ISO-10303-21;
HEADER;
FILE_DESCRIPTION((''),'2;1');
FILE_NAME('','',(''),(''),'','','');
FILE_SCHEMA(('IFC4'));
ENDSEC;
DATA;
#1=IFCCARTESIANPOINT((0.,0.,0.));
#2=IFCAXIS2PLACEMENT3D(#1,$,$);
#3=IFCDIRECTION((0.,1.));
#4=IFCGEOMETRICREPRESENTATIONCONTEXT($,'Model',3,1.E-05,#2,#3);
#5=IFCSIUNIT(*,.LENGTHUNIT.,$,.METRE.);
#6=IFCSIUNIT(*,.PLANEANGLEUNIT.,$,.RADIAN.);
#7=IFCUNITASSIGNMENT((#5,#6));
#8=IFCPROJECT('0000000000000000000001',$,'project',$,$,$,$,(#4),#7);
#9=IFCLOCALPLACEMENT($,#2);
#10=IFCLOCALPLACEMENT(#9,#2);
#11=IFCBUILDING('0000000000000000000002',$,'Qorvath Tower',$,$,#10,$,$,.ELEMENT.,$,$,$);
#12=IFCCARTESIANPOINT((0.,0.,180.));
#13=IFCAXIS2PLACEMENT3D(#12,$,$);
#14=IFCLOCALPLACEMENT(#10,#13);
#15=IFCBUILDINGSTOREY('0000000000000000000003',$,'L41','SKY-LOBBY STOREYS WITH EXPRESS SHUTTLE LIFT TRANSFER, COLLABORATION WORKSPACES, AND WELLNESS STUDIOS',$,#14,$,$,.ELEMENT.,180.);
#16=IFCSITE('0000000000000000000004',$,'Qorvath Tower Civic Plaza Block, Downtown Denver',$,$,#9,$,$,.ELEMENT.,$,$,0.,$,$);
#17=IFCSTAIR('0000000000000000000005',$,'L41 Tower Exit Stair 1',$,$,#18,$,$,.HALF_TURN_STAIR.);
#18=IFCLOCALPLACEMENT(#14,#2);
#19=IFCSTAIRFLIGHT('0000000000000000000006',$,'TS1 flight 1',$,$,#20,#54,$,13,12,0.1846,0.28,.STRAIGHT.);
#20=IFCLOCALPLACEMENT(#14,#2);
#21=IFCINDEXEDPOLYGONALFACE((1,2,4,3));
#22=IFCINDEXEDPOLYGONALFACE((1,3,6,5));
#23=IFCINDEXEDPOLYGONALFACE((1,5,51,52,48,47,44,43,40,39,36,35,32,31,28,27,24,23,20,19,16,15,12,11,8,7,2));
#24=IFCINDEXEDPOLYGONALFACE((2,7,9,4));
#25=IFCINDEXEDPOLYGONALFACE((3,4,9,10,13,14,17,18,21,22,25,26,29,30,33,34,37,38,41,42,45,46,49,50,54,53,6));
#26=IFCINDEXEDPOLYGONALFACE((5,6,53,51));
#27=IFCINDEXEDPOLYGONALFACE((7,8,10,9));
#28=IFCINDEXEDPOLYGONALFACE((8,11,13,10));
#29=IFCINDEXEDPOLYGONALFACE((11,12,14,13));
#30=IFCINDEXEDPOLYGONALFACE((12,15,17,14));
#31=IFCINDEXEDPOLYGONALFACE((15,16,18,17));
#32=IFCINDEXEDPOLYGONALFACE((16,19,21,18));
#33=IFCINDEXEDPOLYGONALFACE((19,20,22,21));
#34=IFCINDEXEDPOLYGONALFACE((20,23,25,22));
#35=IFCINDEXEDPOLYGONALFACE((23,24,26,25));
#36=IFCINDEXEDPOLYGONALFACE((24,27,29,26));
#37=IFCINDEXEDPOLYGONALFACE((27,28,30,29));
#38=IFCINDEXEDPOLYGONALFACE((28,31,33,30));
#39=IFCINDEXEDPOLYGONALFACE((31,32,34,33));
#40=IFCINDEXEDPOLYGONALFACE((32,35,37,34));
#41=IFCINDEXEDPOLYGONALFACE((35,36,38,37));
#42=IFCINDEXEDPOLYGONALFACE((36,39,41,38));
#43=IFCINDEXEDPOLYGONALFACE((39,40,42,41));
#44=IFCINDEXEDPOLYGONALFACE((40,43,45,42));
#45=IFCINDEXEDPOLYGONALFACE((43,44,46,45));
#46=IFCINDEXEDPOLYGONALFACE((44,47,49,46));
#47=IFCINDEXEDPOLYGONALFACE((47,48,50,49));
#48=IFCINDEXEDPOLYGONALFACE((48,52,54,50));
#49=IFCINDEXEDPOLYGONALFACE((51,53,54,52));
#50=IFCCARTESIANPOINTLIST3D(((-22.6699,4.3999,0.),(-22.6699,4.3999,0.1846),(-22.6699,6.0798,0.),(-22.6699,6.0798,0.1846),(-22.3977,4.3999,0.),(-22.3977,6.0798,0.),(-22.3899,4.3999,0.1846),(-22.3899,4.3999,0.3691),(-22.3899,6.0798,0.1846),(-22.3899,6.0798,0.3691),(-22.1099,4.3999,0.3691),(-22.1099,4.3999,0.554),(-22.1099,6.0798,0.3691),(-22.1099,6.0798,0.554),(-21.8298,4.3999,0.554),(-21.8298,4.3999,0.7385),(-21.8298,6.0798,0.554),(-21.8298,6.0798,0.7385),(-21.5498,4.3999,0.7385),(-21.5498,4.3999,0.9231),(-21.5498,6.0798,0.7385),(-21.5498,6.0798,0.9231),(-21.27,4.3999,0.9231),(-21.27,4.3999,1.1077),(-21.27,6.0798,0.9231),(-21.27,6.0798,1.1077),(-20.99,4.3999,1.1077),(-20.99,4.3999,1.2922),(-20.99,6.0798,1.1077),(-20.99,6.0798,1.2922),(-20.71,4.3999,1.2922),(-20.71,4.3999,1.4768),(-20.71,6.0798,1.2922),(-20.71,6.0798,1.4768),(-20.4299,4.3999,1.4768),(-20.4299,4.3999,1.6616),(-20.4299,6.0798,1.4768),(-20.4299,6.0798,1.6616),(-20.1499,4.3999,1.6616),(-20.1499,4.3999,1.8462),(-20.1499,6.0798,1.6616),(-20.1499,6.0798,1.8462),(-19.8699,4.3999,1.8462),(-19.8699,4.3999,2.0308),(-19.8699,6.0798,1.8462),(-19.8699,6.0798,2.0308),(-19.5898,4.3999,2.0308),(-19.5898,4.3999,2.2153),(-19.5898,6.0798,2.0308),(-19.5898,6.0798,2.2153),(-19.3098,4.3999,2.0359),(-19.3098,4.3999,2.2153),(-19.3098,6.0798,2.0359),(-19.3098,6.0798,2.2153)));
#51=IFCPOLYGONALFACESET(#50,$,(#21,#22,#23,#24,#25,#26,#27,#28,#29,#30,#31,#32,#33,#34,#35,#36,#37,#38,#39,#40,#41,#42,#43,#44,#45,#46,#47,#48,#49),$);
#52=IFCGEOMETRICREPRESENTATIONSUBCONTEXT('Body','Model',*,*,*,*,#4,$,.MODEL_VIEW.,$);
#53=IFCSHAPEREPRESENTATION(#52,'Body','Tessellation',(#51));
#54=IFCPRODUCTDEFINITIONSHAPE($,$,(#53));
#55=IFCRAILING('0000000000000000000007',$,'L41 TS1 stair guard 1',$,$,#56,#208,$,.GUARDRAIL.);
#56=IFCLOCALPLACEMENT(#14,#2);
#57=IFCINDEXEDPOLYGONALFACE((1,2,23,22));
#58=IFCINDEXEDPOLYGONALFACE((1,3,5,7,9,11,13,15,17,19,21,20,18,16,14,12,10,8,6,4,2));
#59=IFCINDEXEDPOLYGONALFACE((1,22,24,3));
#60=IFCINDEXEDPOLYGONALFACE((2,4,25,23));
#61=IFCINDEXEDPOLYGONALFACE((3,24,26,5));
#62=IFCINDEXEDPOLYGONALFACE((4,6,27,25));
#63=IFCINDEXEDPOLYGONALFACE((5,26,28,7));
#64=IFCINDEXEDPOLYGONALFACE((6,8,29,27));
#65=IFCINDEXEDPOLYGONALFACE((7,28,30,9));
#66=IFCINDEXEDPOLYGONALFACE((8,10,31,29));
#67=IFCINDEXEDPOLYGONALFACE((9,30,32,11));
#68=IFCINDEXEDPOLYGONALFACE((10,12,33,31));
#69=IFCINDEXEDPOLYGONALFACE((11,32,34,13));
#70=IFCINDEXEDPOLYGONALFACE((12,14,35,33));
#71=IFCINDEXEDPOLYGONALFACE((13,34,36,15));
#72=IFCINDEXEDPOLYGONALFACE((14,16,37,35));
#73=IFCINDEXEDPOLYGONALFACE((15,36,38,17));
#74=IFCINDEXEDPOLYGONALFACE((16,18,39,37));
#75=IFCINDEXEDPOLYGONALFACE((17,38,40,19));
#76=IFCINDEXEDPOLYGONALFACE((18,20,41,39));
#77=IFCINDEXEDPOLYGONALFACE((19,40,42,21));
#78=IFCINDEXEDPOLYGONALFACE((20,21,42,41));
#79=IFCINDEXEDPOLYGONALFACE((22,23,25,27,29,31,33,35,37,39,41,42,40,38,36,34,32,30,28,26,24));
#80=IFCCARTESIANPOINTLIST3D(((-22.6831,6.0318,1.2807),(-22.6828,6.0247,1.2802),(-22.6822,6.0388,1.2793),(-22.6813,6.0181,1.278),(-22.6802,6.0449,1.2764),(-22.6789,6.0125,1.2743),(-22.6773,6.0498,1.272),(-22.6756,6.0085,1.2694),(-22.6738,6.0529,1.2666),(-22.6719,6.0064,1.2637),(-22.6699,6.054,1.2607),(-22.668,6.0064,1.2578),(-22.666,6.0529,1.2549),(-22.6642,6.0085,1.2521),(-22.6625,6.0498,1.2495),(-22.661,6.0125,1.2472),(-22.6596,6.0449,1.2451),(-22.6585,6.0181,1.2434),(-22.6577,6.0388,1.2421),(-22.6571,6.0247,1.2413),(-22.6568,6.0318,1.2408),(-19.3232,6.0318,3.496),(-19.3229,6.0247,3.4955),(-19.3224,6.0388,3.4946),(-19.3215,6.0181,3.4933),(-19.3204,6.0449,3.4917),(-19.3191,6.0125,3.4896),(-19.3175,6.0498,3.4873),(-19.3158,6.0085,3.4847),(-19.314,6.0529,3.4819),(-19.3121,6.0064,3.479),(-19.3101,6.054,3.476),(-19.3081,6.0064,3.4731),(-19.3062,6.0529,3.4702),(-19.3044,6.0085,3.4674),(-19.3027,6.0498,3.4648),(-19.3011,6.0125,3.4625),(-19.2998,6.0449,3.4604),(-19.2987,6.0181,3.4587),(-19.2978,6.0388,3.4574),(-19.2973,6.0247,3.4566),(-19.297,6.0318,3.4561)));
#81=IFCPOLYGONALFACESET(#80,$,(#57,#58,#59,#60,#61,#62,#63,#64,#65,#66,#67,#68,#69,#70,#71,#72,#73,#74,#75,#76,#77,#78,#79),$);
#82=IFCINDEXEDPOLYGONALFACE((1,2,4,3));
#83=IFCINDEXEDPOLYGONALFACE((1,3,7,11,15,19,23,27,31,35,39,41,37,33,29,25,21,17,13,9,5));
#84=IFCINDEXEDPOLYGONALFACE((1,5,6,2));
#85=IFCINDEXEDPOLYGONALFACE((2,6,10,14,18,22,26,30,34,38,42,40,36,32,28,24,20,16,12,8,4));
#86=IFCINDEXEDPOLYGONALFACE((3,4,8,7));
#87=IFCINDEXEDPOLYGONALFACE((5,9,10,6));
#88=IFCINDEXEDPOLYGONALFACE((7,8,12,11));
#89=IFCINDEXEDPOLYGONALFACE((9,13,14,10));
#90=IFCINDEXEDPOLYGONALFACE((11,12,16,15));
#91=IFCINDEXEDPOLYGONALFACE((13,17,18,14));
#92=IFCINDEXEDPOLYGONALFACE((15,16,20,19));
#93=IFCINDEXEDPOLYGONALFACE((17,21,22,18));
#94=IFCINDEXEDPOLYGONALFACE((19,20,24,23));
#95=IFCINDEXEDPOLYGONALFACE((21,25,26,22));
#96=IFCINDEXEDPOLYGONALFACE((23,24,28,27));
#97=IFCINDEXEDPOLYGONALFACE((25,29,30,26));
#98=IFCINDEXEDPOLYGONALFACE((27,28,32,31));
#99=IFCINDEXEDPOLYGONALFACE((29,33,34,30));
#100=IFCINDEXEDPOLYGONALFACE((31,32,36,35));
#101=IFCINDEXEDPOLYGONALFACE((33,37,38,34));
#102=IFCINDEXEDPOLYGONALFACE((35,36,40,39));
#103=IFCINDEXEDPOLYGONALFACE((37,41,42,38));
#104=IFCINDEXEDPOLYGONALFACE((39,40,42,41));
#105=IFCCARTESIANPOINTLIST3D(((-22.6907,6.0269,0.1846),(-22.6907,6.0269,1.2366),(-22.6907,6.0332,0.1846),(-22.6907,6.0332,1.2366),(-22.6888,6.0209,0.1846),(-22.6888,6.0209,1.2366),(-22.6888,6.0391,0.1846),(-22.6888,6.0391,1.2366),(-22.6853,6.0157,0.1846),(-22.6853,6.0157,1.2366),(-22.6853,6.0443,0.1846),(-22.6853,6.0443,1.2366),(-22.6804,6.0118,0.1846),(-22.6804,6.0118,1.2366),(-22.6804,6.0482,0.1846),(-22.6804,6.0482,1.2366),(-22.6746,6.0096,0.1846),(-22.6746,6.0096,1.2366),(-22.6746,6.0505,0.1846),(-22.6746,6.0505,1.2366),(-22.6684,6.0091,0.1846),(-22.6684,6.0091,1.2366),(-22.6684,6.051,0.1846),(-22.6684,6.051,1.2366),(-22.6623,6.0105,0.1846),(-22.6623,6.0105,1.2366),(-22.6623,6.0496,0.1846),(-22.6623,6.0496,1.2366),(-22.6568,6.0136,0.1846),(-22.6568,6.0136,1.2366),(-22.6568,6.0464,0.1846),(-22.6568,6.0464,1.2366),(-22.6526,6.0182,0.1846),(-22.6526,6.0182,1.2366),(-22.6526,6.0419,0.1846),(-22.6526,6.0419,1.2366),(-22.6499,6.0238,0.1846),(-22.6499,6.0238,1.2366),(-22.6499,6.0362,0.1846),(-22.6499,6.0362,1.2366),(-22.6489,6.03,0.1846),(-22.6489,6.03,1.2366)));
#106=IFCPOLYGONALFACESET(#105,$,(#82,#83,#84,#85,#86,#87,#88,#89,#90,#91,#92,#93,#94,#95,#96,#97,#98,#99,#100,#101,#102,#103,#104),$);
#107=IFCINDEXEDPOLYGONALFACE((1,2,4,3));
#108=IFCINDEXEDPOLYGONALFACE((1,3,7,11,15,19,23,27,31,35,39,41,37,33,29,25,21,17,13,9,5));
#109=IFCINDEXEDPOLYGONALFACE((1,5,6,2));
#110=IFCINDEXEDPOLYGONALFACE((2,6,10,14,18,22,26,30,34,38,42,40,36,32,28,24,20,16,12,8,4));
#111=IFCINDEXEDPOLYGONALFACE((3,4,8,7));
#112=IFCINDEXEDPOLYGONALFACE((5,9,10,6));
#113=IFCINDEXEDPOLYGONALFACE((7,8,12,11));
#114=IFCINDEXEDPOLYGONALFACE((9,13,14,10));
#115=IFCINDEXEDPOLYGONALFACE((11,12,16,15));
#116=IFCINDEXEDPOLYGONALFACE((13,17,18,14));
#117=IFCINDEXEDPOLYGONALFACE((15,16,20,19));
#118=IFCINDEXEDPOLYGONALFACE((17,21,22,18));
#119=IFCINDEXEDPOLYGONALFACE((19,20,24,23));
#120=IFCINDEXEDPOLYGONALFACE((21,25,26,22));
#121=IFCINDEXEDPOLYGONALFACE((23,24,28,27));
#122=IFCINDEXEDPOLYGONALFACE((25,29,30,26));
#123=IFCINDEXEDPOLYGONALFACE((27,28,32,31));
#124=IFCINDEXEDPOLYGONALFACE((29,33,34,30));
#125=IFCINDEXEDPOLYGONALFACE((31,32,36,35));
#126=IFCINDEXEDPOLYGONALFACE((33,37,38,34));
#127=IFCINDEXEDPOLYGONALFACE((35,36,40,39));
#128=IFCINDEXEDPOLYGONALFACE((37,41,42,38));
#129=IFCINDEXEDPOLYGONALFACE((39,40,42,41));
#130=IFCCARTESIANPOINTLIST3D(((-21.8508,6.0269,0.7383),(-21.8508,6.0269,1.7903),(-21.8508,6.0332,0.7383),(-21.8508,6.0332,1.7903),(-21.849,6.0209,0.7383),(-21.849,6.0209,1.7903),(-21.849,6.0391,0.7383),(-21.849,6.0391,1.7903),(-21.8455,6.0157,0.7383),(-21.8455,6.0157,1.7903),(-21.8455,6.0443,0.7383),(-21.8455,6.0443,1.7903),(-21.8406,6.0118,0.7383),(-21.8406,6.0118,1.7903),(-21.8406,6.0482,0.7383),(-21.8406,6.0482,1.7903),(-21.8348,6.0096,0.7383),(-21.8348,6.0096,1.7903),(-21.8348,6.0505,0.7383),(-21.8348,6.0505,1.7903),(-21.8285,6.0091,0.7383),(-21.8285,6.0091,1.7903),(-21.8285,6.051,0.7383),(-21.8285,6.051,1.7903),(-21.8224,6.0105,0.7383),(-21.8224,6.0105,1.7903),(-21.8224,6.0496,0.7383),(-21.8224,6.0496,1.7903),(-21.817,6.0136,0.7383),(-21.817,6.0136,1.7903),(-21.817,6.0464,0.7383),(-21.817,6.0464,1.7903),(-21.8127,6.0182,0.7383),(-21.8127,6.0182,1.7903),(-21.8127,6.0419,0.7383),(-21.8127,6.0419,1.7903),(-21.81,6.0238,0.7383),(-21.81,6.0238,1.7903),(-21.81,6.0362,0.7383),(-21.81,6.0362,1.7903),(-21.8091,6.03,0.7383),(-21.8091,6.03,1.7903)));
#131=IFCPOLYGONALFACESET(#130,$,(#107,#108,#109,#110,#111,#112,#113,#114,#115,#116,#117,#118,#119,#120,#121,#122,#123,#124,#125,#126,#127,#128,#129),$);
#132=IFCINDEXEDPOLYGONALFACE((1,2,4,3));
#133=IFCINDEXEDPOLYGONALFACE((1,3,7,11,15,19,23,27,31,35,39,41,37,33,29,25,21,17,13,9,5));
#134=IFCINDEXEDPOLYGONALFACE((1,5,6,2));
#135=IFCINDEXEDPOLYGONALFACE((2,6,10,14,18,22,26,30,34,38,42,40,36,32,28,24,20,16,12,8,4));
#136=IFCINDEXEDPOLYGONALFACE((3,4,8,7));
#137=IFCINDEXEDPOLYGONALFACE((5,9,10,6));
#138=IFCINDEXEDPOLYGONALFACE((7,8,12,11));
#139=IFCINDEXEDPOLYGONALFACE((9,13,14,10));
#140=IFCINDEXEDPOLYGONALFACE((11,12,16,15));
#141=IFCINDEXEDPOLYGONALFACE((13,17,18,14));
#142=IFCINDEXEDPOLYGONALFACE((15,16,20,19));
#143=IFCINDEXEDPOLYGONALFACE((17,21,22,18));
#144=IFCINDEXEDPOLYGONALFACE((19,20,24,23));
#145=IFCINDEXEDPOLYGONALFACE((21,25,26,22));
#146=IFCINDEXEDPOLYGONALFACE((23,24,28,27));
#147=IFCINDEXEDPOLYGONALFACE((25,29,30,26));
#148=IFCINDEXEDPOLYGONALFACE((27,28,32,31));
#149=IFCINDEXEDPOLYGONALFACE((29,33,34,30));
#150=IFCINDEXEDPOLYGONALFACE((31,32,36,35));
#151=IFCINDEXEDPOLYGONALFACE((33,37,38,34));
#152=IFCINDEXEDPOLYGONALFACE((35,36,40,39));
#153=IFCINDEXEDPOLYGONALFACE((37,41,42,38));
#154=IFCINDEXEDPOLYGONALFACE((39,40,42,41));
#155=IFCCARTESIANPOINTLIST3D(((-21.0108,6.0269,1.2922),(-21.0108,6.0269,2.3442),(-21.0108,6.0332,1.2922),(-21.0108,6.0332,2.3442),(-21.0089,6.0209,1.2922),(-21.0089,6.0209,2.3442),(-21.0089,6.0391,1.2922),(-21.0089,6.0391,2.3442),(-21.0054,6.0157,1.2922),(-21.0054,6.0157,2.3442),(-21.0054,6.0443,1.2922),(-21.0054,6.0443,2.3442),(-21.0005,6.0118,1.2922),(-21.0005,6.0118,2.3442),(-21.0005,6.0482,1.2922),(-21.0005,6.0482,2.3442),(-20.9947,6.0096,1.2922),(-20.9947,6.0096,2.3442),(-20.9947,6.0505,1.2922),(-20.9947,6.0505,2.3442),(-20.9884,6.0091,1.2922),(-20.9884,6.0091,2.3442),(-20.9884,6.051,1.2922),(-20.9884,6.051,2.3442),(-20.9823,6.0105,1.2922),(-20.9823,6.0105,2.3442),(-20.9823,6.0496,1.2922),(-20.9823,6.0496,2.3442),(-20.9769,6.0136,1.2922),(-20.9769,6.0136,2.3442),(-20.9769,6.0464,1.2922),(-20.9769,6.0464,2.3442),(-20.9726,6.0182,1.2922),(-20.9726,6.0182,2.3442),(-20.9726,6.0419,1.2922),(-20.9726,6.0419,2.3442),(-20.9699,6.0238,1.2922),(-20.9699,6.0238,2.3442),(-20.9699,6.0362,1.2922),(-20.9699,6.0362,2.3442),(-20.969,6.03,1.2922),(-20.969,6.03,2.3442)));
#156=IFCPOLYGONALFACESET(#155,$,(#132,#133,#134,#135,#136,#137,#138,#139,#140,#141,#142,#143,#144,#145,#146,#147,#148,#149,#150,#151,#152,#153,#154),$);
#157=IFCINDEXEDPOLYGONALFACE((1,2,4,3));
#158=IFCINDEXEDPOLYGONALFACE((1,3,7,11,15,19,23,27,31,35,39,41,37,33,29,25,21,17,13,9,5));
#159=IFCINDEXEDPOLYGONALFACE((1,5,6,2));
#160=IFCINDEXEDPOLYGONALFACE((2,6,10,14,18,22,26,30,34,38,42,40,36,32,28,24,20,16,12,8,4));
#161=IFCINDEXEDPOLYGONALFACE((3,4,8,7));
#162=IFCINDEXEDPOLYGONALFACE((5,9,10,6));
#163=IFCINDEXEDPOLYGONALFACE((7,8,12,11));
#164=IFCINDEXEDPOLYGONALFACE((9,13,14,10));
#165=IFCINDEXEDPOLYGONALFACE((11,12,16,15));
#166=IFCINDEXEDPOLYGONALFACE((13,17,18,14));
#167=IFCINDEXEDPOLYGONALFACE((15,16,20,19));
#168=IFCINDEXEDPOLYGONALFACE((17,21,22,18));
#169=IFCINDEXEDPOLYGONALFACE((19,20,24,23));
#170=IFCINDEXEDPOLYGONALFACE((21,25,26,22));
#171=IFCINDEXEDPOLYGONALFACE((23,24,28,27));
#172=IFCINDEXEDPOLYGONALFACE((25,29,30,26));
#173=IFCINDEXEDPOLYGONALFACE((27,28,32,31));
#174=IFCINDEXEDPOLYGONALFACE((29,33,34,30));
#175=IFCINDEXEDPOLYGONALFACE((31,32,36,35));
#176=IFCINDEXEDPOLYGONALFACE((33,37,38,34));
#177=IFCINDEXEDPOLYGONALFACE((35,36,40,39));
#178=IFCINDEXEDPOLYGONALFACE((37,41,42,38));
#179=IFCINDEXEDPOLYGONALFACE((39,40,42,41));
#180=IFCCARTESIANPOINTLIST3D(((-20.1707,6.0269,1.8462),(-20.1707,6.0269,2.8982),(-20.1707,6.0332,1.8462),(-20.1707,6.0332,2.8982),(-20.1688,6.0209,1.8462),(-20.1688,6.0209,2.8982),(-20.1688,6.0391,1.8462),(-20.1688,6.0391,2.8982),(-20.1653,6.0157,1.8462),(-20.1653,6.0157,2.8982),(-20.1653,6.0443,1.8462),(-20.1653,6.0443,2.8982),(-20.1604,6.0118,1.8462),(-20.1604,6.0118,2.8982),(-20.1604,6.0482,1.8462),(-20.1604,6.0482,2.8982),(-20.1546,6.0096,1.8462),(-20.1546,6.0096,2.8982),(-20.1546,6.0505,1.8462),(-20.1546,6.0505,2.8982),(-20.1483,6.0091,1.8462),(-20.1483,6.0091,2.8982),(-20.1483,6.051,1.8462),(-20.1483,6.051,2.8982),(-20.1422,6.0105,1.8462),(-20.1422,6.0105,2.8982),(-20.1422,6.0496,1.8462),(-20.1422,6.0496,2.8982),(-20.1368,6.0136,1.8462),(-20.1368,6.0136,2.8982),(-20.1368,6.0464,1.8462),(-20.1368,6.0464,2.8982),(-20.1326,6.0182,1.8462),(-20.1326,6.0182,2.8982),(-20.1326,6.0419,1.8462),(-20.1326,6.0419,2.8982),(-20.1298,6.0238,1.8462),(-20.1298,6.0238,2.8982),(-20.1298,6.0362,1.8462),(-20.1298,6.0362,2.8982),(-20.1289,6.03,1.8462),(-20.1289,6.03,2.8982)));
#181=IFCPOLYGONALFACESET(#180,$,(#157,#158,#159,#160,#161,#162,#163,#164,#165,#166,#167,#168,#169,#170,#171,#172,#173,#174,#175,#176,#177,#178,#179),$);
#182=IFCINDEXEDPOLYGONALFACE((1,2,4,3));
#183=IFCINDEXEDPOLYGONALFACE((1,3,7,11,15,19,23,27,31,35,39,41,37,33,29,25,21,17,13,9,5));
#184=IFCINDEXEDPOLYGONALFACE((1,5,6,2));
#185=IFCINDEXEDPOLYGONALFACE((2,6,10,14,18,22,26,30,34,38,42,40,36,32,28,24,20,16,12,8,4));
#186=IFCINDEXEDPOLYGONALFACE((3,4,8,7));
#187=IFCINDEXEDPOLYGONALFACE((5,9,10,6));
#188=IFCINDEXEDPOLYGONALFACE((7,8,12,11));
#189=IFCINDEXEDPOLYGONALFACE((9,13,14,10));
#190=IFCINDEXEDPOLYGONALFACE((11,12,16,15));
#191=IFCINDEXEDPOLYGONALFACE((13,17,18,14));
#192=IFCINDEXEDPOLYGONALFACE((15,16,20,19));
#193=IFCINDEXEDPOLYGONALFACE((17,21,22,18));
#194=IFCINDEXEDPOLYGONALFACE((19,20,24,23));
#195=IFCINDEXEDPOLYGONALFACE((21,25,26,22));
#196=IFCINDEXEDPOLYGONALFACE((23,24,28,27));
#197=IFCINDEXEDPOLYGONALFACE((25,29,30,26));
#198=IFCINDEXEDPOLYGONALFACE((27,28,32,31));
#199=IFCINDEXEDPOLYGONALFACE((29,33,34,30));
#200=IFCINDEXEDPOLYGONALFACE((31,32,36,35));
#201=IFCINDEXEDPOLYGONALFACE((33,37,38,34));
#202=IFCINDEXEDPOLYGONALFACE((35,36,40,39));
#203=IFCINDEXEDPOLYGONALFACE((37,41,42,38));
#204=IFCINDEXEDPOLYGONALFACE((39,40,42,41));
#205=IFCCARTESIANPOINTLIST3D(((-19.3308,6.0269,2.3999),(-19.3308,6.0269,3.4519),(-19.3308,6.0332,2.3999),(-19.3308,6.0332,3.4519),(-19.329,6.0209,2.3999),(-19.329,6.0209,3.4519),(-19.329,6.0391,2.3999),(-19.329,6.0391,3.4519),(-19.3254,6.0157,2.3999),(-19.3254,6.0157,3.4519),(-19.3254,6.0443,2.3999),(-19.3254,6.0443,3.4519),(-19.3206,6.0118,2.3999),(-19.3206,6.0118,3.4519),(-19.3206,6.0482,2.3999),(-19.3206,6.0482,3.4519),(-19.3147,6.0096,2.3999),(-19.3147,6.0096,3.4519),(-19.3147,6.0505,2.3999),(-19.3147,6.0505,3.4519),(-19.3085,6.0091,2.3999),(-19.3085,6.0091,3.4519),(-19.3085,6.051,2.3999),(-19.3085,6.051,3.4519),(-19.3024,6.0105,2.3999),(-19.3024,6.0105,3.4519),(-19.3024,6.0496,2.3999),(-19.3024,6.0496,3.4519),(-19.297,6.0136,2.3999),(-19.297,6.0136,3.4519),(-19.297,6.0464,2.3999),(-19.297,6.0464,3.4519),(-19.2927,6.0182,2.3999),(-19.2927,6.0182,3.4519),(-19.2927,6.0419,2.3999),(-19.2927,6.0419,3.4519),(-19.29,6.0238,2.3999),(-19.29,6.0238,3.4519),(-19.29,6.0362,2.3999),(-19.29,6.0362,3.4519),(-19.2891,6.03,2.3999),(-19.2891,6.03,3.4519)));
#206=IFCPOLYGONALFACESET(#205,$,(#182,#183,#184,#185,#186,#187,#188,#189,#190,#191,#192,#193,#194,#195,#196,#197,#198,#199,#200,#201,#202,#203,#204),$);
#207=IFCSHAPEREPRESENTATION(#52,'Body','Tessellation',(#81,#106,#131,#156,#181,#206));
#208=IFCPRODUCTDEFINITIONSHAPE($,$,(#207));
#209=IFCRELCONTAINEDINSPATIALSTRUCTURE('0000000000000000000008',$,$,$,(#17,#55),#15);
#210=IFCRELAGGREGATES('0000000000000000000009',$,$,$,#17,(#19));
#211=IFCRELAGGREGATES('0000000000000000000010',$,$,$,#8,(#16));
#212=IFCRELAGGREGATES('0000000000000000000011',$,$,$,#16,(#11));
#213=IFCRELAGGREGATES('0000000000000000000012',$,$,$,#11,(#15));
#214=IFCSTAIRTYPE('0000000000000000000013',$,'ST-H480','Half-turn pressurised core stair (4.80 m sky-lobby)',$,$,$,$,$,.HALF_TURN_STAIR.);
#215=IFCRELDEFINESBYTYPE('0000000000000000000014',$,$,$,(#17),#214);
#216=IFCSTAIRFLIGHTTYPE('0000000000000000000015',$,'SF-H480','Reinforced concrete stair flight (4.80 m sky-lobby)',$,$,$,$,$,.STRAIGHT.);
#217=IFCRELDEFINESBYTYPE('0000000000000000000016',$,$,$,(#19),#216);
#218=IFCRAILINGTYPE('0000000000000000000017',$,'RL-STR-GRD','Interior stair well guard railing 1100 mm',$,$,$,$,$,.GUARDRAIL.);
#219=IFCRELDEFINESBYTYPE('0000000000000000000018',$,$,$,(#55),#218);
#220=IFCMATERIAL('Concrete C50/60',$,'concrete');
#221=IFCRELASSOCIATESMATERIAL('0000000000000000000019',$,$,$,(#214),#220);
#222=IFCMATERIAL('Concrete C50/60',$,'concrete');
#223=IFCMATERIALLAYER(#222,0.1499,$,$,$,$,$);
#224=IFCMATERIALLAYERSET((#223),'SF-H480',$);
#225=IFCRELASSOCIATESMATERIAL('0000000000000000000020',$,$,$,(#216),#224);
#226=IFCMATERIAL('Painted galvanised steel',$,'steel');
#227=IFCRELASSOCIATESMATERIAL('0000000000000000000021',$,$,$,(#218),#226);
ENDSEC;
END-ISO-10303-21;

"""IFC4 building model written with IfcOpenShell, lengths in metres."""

from ifc_helpers import new_model, si_unit, direction, frame, origin, origin_2d, place, context, subcontext, project, spatial, polyline, circle, outline, extrude, material, layer, layer_set, type_object, element, aggregate, save


model = new_model("IFC4")

# Units and contexts
model_context = context("Model", 3, precision=1e-05, world=origin(), true_north=direction((0.0, 1.0)))
body_context = subcontext(model_context, "Body", "Model", "MODEL_VIEW")
ifc_project = project(units=[si_unit("LENGTHUNIT", "METRE"), si_unit("PLANEANGLEUNIT", "RADIAN")], contexts=[model_context])

# Site, building, storey
site_placement = place(None, origin())
site = spatial("IfcSite", under=ifc_project, at=site_placement, Name="Qorvath Tower Civic Plaza Block, Downtown Denver", CompositionType="ELEMENT", RefElevation=0.0)
building_placement = place(site_placement, origin())
building = spatial("IfcBuilding", under=site, at=building_placement, Name="Qorvath Tower", CompositionType="ELEMENT")
storey_placement = place(building_placement, frame((0.0, 0.0, 180.0)))
storey = spatial("IfcBuildingStorey", under=building, at=storey_placement, Name="L41", Description="SKY-LOBBY STOREYS WITH EXPRESS SHUTTLE LIFT TRANSFER, COLLABORATION WORKSPACES, AND WELLNESS STUDIOS", CompositionType="ELEMENT", Elevation=180.0)

# Stair, stair flight
ifc_material_1 = material(Name="Concrete C50/60", Category="concrete")
stair_type = type_object("IfcStairType", Name="ST-H480", Description="Half-turn pressurised core stair (4.80 m sky-lobby)", PredefinedType="HALF_TURN_STAIR", material=ifc_material_1)
stair_placement = place(storey_placement, origin())
stair = element("IfcStair", 1, at=stair_placement, inside=storey, type_object=stair_type, Name="L41 Tower Exit Stair 1", PredefinedType="HALF_TURN_STAIR")
ifc_material_2 = material(Name="Concrete C50/60", Category="concrete")
ifc_layer_1 = layer(ifc_material_2, 0.1499)
ifc_layer_set_1 = layer_set([ifc_layer_1], Name="SF-H480")
stair_flight_type = type_object("IfcStairFlightType", Name="SF-H480", Description="Reinforced concrete stair flight (4.80 m sky-lobby)", PredefinedType="STRAIGHT", material=ifc_layer_set_1)
stair_flight_placement = place(storey_placement, frame((-22.6699, 5.24, 0.0), z_axis=(0.0, 0.0, 1.0), x_axis=(1.0, 0.0, 0.0)))
stair_flight = element("IfcStairFlight", 2, at=stair_flight_placement, type_object=stair_flight_type, Name="TS1 flight 1", NumberOfRisers=13, NumberOfTreads=12, PredefinedType="STRAIGHT", RiserHeight=0.1846, TreadLength=0.28, context=body_context, shape_type="SweptSolid", body=[
    extrude(outline(polyline([(0.0, 0.0), (0.0, 0.1846), (0.28, 0.1846), (0.28, 0.3691), (0.5601, 0.3691), (0.5601, 0.554), (0.8401, 0.554), (0.8401, 0.7385), (1.1201, 0.7385), (1.1201, 0.9231), (1.3999, 0.9231), (1.3999, 1.1077), (1.6799, 1.1077), (1.6799, 1.2922), (1.96, 1.2922), (1.96, 1.4768), (2.24, 1.4768), (2.24, 1.6616), (2.52, 1.6616), (2.52, 1.8462), (2.8, 1.8462), (2.8, 2.0308), (3.0801, 2.0308), (3.0801, 2.2153), (3.3601, 2.2153), (3.3601, 2.3999), (3.3601, 2.0359), (0.2722, 0.0), (0.0, 0.0)])), frame((0.0, 0.8398, 0.0), z_axis=(0.0, -1.0, 0.0), x_axis=(1.0, 0.0, 0.0)), (0.0, 0.0, 1.0), 1.6799),
])
aggregate(stair, [stair_flight])

# Railing
ifc_material_3 = material(Name="Painted galvanised steel", Category="steel")
railing_type_1 = type_object("IfcRailingType", Name="RL-STR-GRD", Description="Interior stair well guard railing 1100 mm", PredefinedType="GUARDRAIL", material=ifc_material_3)
railing_1_placement = place(storey_placement, frame((-22.6699, 6.03, 0.1846)))
element("IfcRailing", 3, at=railing_1_placement, inside=storey, type_object=railing_type_1, Name="L41 TS1 stair guard 1", PredefinedType="GUARDRAIL", context=body_context, shape_type="SweptSolid", body=[
    extrude(circle(Radius=0.0239, at=origin_2d()), frame((0.0, 0.0, 1.0762), z_axis=(0.834858, 0.0, 0.550465), x_axis=(0.0, 1.0, 0.0)), (0.0, 0.0, 1.0), 4.0244),
    extrude(circle(Radius=0.021, at=origin_2d()), origin(), (0.0, 0.0, 1.0), 1.052),
    extrude(circle(Radius=0.021, at=origin_2d()), frame((0.8398, 0.0, 0.5537)), (0.0, 0.0, 1.0), 1.052),
    extrude(circle(Radius=0.021, at=origin_2d()), frame((1.6799, 0.0, 1.1077)), (0.0, 0.0, 1.0), 1.052),
    extrude(circle(Radius=0.021, at=origin_2d()), frame((2.52, 0.0, 1.6616)), (0.0, 0.0, 1.0), 1.052),
    extrude(circle(Radius=0.021, at=origin_2d()), frame((3.3599, 0.0, 2.2153)), (0.0, 0.0, 1.0), 1.052),
])

save(model, "model.ifc")
